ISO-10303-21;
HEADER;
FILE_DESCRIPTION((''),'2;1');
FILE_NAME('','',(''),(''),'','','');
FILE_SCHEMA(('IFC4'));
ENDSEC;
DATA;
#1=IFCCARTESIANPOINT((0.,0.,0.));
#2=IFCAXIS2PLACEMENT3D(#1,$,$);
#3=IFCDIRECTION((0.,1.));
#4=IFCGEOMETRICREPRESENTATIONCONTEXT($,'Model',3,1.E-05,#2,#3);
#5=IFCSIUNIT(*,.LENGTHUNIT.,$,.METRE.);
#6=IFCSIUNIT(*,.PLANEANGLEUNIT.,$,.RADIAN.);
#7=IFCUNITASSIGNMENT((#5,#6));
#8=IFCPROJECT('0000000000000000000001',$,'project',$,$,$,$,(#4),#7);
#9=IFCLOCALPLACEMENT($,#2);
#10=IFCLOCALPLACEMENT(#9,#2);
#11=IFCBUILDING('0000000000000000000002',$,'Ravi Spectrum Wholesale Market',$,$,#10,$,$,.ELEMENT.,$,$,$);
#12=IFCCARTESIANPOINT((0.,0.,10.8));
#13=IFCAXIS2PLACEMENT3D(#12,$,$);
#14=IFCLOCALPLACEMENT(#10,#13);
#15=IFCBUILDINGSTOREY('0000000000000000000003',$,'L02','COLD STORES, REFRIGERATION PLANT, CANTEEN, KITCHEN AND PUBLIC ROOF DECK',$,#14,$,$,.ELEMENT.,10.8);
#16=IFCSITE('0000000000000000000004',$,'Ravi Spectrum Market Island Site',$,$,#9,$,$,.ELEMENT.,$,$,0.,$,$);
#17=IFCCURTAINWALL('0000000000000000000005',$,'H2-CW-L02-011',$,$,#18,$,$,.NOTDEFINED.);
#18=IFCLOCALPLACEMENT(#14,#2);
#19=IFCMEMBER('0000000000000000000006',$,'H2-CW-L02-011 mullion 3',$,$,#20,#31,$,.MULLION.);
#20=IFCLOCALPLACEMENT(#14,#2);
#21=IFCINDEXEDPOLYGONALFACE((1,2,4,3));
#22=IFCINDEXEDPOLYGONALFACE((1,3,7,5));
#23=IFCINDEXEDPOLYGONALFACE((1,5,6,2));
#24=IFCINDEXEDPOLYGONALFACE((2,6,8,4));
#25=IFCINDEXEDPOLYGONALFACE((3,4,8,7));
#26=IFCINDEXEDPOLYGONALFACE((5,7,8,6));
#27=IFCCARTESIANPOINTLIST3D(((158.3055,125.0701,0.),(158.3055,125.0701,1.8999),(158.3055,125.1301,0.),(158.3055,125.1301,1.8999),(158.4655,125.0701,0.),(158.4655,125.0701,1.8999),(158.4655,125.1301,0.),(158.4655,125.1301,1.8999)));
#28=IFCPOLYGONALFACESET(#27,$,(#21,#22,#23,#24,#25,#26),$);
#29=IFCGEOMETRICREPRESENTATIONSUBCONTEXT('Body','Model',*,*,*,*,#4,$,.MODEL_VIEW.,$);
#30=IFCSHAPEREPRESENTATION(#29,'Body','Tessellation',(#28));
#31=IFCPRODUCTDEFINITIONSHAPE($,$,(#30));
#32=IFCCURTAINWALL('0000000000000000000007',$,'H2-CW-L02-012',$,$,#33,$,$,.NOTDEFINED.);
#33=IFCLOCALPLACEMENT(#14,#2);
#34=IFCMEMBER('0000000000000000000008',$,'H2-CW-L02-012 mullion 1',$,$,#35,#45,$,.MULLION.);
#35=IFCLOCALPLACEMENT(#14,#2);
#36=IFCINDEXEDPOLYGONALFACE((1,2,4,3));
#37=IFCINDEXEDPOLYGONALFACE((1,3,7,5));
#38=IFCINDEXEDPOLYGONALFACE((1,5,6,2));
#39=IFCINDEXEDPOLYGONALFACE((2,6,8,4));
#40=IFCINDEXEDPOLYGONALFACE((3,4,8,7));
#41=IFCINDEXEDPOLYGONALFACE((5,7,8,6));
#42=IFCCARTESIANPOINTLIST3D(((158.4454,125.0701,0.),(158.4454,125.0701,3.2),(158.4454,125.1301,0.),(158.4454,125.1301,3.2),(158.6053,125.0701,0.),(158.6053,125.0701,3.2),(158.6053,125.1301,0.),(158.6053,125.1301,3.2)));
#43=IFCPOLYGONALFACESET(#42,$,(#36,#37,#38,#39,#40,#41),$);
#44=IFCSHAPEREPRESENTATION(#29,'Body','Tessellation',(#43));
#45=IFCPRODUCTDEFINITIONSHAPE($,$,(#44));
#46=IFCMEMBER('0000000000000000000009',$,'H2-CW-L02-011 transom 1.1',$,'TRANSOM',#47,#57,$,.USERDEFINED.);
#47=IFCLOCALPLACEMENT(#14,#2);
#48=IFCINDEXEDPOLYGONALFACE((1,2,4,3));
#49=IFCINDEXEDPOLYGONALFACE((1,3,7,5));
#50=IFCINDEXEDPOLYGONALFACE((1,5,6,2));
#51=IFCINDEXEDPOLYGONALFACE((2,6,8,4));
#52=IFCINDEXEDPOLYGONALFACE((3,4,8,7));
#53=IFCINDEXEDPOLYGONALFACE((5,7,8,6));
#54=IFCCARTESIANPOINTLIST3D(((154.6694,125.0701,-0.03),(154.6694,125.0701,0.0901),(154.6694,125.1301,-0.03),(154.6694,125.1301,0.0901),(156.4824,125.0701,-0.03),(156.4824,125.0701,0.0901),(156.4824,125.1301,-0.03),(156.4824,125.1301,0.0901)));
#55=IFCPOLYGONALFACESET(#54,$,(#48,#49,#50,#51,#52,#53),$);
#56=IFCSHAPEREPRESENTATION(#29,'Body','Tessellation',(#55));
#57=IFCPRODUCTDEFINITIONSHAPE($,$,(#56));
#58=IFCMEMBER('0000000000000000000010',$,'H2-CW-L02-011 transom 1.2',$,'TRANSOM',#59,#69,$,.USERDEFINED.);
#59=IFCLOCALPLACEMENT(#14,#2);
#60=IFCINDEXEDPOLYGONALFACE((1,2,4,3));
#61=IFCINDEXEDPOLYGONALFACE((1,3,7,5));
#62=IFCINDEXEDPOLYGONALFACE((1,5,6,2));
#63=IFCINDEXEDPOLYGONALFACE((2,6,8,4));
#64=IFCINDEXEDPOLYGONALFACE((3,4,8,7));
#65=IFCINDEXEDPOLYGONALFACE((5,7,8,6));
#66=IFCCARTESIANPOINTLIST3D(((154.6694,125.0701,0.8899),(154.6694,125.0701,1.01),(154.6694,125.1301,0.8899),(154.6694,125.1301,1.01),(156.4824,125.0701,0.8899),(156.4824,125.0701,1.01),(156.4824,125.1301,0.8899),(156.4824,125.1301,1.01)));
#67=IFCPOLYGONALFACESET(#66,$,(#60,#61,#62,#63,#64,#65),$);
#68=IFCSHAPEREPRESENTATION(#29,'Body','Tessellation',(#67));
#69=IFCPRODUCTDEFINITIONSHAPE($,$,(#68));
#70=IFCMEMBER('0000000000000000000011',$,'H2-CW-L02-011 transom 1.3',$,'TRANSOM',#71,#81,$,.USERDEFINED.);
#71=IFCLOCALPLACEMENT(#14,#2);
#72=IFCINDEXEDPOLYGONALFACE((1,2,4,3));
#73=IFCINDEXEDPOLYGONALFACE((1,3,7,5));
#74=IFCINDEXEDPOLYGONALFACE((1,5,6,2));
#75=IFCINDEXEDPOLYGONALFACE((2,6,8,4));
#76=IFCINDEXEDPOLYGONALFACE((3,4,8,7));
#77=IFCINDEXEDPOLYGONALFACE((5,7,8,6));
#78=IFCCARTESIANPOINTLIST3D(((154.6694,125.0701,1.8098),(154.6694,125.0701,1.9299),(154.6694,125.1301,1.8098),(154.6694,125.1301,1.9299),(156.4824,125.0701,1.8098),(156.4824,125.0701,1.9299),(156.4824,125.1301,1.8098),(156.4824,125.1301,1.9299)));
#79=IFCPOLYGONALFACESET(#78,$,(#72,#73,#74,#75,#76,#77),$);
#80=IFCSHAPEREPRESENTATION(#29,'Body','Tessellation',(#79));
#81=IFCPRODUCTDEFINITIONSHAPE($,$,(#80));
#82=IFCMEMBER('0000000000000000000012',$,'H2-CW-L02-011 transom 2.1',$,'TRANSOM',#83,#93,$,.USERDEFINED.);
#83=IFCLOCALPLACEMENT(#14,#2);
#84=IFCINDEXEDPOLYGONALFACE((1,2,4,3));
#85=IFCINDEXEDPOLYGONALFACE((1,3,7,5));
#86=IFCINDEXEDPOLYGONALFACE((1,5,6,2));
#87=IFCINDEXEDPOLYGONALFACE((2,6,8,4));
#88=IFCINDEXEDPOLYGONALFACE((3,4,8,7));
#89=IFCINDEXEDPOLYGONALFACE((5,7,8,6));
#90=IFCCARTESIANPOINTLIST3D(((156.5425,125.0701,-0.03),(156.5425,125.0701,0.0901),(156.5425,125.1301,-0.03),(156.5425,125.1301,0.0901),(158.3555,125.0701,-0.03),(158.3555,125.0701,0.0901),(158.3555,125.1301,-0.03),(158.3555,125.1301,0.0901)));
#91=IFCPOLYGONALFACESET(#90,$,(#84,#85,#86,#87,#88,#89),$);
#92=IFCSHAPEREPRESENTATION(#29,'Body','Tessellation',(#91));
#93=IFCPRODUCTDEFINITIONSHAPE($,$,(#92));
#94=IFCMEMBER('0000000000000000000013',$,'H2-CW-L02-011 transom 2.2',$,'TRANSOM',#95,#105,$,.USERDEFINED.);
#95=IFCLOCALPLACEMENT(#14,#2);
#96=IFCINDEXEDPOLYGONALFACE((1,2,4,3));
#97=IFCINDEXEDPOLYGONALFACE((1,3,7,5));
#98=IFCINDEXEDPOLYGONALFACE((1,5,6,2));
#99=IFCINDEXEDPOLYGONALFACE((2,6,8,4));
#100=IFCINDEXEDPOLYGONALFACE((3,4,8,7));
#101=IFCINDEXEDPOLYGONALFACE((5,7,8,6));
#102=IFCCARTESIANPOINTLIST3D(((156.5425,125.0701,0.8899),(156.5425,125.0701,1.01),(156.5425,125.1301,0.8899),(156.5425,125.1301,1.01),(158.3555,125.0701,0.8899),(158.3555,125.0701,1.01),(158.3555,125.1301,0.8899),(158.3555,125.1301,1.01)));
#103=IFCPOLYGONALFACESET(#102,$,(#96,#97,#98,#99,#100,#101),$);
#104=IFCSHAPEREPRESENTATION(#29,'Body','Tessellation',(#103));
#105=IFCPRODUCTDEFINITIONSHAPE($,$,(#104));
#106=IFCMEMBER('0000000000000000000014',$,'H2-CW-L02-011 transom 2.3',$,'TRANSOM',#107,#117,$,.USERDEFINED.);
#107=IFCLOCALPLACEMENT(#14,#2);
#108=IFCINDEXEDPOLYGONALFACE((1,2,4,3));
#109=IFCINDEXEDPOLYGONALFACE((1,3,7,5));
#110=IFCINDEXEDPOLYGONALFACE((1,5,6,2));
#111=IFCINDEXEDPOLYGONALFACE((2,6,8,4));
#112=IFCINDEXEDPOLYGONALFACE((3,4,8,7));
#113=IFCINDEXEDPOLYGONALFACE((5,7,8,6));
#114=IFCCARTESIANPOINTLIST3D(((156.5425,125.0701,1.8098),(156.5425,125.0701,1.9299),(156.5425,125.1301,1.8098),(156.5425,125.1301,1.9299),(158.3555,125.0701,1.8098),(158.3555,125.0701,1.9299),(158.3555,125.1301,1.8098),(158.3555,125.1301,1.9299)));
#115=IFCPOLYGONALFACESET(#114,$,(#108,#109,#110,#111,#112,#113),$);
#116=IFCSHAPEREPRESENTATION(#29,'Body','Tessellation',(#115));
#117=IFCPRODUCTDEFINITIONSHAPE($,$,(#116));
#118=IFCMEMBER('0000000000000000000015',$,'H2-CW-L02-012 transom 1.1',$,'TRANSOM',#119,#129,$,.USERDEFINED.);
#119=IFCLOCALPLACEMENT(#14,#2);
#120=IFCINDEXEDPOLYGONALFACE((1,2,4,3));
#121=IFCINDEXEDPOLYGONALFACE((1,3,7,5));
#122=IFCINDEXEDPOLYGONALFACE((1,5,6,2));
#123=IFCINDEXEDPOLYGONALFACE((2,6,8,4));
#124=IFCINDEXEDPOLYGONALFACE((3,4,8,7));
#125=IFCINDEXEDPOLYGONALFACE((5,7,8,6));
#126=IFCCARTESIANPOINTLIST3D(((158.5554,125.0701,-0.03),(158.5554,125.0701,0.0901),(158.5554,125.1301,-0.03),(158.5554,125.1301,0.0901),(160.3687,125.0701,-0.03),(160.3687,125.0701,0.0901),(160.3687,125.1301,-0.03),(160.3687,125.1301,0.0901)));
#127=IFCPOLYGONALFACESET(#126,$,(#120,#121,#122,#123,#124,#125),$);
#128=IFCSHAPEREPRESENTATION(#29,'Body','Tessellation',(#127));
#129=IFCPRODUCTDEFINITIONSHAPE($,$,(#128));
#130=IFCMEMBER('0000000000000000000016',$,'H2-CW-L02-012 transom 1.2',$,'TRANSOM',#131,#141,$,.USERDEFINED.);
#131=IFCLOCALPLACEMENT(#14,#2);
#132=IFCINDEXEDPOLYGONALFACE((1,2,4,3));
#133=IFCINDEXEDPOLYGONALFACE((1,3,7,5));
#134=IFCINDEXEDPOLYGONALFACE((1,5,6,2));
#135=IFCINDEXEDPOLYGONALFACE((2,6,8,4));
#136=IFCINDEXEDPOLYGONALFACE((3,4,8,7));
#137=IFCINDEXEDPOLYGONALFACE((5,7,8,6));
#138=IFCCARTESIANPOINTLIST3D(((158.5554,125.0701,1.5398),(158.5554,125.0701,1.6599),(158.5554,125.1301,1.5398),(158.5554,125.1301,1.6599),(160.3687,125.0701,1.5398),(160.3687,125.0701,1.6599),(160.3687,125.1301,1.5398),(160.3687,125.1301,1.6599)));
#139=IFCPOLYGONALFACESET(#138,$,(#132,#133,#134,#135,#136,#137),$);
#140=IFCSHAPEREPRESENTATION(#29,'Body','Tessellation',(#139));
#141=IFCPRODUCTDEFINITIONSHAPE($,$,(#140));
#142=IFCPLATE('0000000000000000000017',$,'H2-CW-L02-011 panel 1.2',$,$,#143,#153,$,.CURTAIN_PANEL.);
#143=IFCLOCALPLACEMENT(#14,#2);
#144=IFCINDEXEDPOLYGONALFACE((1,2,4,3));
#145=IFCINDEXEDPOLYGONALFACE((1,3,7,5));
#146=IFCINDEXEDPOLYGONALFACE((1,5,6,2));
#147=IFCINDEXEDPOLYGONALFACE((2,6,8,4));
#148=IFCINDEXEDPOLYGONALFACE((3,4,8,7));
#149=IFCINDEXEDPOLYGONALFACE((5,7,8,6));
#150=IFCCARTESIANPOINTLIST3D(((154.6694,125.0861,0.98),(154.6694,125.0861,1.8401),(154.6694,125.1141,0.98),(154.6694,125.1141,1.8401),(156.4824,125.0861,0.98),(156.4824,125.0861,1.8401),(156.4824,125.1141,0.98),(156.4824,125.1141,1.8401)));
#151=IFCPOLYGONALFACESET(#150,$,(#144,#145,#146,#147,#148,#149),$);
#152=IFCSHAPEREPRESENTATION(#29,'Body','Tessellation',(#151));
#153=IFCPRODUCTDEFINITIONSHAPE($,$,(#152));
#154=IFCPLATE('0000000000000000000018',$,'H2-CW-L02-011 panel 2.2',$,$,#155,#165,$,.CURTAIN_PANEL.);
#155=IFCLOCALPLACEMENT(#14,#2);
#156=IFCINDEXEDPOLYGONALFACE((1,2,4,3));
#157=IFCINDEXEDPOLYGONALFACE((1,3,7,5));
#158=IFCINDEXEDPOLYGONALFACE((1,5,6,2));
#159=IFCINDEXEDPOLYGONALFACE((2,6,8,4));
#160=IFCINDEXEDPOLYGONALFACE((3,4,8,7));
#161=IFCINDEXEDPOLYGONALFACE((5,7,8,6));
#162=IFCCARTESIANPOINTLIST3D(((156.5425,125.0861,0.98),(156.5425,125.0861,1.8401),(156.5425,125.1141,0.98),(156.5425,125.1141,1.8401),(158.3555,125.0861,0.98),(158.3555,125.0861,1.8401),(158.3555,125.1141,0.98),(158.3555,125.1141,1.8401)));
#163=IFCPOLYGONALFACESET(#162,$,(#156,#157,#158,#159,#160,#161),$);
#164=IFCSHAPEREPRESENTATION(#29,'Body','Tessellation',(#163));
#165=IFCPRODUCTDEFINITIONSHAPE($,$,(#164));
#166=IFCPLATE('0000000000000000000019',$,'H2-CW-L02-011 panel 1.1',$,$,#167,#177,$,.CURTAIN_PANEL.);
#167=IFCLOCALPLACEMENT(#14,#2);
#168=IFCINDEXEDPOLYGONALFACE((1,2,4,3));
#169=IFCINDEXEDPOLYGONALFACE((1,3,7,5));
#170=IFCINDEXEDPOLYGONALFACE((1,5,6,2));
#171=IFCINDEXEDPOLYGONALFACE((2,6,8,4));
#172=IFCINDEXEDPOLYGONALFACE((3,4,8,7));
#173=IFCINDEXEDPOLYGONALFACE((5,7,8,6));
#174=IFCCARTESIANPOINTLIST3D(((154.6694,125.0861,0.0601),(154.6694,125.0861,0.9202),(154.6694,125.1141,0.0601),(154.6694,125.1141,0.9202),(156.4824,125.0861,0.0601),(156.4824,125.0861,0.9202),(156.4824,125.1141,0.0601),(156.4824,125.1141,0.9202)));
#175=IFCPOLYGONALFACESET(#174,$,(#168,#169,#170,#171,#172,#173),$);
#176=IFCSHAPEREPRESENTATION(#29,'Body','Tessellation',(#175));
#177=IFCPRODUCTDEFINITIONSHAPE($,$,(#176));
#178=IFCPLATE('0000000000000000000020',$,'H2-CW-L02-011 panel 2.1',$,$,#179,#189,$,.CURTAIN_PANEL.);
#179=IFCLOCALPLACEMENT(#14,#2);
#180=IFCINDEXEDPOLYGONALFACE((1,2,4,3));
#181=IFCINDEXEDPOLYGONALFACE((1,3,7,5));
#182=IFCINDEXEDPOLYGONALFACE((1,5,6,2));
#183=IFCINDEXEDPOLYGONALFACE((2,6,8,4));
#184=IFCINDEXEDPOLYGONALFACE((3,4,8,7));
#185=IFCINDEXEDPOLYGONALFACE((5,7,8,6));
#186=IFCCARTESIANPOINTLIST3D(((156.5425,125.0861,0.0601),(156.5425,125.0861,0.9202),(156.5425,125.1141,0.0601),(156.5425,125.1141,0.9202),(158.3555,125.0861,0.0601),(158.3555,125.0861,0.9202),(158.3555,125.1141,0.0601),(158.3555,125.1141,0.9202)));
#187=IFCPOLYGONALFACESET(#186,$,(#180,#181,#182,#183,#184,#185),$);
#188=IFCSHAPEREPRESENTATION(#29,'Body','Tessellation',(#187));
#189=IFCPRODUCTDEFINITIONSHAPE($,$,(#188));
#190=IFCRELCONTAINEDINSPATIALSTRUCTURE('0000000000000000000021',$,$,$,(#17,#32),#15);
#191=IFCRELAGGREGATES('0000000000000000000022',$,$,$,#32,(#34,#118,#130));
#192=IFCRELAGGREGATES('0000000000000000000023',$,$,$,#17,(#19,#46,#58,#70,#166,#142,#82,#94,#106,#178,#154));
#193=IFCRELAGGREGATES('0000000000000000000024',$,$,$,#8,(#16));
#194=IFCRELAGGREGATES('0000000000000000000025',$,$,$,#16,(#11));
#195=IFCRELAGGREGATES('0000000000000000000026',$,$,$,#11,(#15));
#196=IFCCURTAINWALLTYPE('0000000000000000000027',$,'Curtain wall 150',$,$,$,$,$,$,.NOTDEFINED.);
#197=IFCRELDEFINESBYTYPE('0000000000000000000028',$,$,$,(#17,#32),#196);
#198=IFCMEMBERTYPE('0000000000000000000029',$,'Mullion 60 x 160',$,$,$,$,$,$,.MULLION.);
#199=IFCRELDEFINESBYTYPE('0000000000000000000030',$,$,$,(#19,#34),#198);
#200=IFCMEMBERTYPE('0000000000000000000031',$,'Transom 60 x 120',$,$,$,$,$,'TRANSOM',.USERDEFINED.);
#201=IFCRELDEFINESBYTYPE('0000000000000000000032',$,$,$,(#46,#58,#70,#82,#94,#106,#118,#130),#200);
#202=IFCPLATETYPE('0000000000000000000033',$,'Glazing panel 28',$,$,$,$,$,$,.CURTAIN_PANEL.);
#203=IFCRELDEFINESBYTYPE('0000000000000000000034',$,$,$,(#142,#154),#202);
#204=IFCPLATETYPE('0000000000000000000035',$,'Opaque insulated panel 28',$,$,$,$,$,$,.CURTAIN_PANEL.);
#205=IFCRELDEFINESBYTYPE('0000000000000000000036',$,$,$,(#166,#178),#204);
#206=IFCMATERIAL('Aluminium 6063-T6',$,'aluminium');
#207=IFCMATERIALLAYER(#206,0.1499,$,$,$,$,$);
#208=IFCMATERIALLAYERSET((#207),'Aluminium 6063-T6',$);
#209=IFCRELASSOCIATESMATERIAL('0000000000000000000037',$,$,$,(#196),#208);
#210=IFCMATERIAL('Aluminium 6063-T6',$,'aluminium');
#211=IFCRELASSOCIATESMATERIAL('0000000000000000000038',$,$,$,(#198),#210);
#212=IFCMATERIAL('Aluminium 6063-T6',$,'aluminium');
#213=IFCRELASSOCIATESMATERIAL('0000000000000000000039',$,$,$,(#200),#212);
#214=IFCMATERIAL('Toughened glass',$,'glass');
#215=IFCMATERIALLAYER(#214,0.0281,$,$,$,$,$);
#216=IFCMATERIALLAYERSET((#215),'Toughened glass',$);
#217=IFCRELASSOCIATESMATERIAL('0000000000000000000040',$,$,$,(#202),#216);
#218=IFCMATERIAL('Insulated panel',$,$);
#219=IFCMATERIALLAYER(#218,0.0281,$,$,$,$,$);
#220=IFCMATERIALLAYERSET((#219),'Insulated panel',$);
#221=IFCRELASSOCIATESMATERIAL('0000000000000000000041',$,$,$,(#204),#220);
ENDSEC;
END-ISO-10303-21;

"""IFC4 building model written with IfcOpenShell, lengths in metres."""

from ifc_helpers import new_model, si_unit, direction, frame, origin, origin_2d, place, context, subcontext, project, spatial, rectangle, extrude, material, layer, layer_set, material_profile, profile_set, type_object, element, aggregate, save


model = new_model("IFC4")

# Units and contexts
model_context = context("Model", 3, precision=1e-05, world=origin(), true_north=direction((0.0, 1.0)))
body_context = subcontext(model_context, "Body", "Model", "MODEL_VIEW")
ifc_project = project(units=[si_unit("LENGTHUNIT", "METRE"), si_unit("PLANEANGLEUNIT", "RADIAN")], contexts=[model_context])

# Site, building, storey
site_placement = place(None, origin())
site = spatial("IfcSite", under=ifc_project, at=site_placement, Name="Ravi Spectrum Market Island Site", CompositionType="ELEMENT", RefElevation=0.0)
building_placement = place(site_placement, origin())
building = spatial("IfcBuilding", under=site, at=building_placement, Name="Ravi Spectrum Wholesale Market", CompositionType="ELEMENT")
storey_placement = place(building_placement, frame((0.0, 0.0, 10.8)))
storey = spatial("IfcBuildingStorey", under=building, at=storey_placement, Name="L02", Description="COLD STORES, REFRIGERATION PLANT, CANTEEN, KITCHEN AND PUBLIC ROOF DECK", CompositionType="ELEMENT", Elevation=10.8)

# Curtain wall, member
ifc_material_1 = material(Name="Aluminium 6063-T6", Category="aluminium")
ifc_layer_1 = layer(ifc_material_1, 0.1499)
ifc_layer_set_1 = layer_set([ifc_layer_1], Name="Aluminium 6063-T6")
curtain_wall_type = type_object("IfcCurtainWallType", Name="Curtain wall 150", PredefinedType="NOTDEFINED", material=ifc_layer_set_1)
curtain_wall_1_placement = place(storey_placement, origin())
curtain_wall_1 = element("IfcCurtainWall", 1, at=curtain_wall_1_placement, inside=storey, type_object=curtain_wall_type, Name="H2-CW-L02-011", PredefinedType="NOTDEFINED")
ifc_material_2 = material(Name="Aluminium 6063-T6", Category="aluminium")
ifc_material_profile_1 = material_profile(ifc_material_2, rectangle(XDim=0.0601, YDim=0.1599, at=origin_2d()))
ifc_profile_set_1 = profile_set([ifc_material_profile_1], Name="Aluminium 6063-T6")
member_type_1 = type_object("IfcMemberType", Name="Mullion 60 x 160", PredefinedType="MULLION", material=ifc_profile_set_1)
member_1_placement = place(storey_placement, frame((158.3855, 125.1001, 0.0), z_axis=(0.0, 0.0, 1.0), x_axis=(0.0, 1.0, 0.0)))
member_1 = element("IfcMember", 2, at=member_1_placement, type_object=member_type_1, Name="H2-CW-L02-011 mullion 3", PredefinedType="MULLION", context=body_context, shape_type="SweptSolid", body=[
    extrude(rectangle(XDim=0.0601, YDim=0.1599, at=origin_2d()), origin(), (0.0, 0.0, 1.0), 1.8999),
])

# Curtain wall, member
curtain_wall_2_placement = place(storey_placement, origin())
curtain_wall_2 = element("IfcCurtainWall", 3, at=curtain_wall_2_placement, inside=storey, type_object=curtain_wall_type, Name="H2-CW-L02-012", PredefinedType="NOTDEFINED")
member_2_placement = place(storey_placement, frame((158.5254, 125.1001, 0.0), z_axis=(0.0, 0.0, 1.0), x_axis=(0.0, 1.0, 0.0)))
member_2 = element("IfcMember", 4, at=member_2_placement, type_object=member_type_1, Name="H2-CW-L02-012 mullion 1", PredefinedType="MULLION", context=body_context, shape_type="SweptSolid", body=[
    extrude(rectangle(XDim=0.0601, YDim=0.1599, at=origin_2d()), origin(), (0.0, 0.0, 1.0), 3.2),
])

# Members
ifc_material_3 = material(Name="Aluminium 6063-T6", Category="aluminium")
ifc_material_profile_2 = material_profile(ifc_material_3, rectangle(XDim=0.0601, YDim=0.1201, at=origin_2d()))
ifc_profile_set_2 = profile_set([ifc_material_profile_2], Name="Aluminium 6063-T6")
member_type_2 = type_object("IfcMemberType", Name="Transom 60 x 120", ElementType="TRANSOM", PredefinedType="USERDEFINED", material=ifc_profile_set_2)
member_3_placement = place(storey_placement, frame((154.6694, 125.1001, 0.03), z_axis=(1.0, 0.0, 0.0), x_axis=(0.0, 1.0, 0.0)))
member_3 = element("IfcMember", 5, at=member_3_placement, type_object=member_type_2, Name="H2-CW-L02-011 transom 1.1", ObjectType="TRANSOM", PredefinedType="USERDEFINED", context=body_context, shape_type="SweptSolid", body=[
    extrude(rectangle(XDim=0.0601, YDim=0.1201, at=origin_2d()), origin(), (0.0, 0.0, 1.0), 1.813),
])
member_4_placement = place(storey_placement, frame((154.6694, 125.1001, 0.95), z_axis=(1.0, 0.0, 0.0), x_axis=(0.0, 1.0, 0.0)))
member_4 = element("IfcMember", 6, at=member_4_placement, type_object=member_type_2, Name="H2-CW-L02-011 transom 1.2", ObjectType="TRANSOM", PredefinedType="USERDEFINED", context=body_context, shape_type="SweptSolid", body=[
    extrude(rectangle(XDim=0.0601, YDim=0.1201, at=origin_2d()), origin(), (0.0, 0.0, 1.0), 1.813),
])
member_5_placement = place(storey_placement, frame((154.6694, 125.1001, 1.8699), z_axis=(1.0, 0.0, 0.0), x_axis=(0.0, 1.0, 0.0)))
member_5 = element("IfcMember", 7, at=member_5_placement, type_object=member_type_2, Name="H2-CW-L02-011 transom 1.3", ObjectType="TRANSOM", PredefinedType="USERDEFINED", context=body_context, shape_type="SweptSolid", body=[
    extrude(rectangle(XDim=0.0601, YDim=0.1201, at=origin_2d()), origin(), (0.0, 0.0, 1.0), 1.813),
])
member_6_placement = place(storey_placement, frame((156.5425, 125.1001, 0.03), z_axis=(1.0, 0.0, 0.0), x_axis=(0.0, 1.0, 0.0)))
member_6 = element("IfcMember", 8, at=member_6_placement, type_object=member_type_2, Name="H2-CW-L02-011 transom 2.1", ObjectType="TRANSOM", PredefinedType="USERDEFINED", context=body_context, shape_type="SweptSolid", body=[
    extrude(rectangle(XDim=0.0601, YDim=0.1201, at=origin_2d()), origin(), (0.0, 0.0, 1.0), 1.813),
])
member_7_placement = place(storey_placement, frame((156.5425, 125.1001, 0.95), z_axis=(1.0, 0.0, 0.0), x_axis=(0.0, 1.0, 0.0)))
member_7 = element("IfcMember", 9, at=member_7_placement, type_object=member_type_2, Name="H2-CW-L02-011 transom 2.2", ObjectType="TRANSOM", PredefinedType="USERDEFINED", context=body_context, shape_type="SweptSolid", body=[
    extrude(rectangle(XDim=0.0601, YDim=0.1201, at=origin_2d()), origin(), (0.0, 0.0, 1.0), 1.813),
])
member_8_placement = place(storey_placement, frame((156.5425, 125.1001, 1.8699), z_axis=(1.0, 0.0, 0.0), x_axis=(0.0, 1.0, 0.0)))
member_8 = element("IfcMember", 10, at=member_8_placement, type_object=member_type_2, Name="H2-CW-L02-011 transom 2.3", ObjectType="TRANSOM", PredefinedType="USERDEFINED", context=body_context, shape_type="SweptSolid", body=[
    extrude(rectangle(XDim=0.0601, YDim=0.1201, at=origin_2d()), origin(), (0.0, 0.0, 1.0), 1.813),
])
member_9_placement = place(storey_placement, frame((158.5554, 125.1001, 0.03), z_axis=(1.0, 0.0, 0.0), x_axis=(0.0, 1.0, 0.0)))
member_9 = element("IfcMember", 11, at=member_9_placement, type_object=member_type_2, Name="H2-CW-L02-012 transom 1.1", ObjectType="TRANSOM", PredefinedType="USERDEFINED", context=body_context, shape_type="SweptSolid", body=[
    extrude(rectangle(XDim=0.0601, YDim=0.1201, at=origin_2d()), origin(), (0.0, 0.0, 1.0), 1.8132),
])
member_10_placement = place(storey_placement, frame((158.5554, 125.1001, 1.5999), z_axis=(1.0, 0.0, 0.0), x_axis=(0.0, 1.0, 0.0)))
member_10 = element("IfcMember", 12, at=member_10_placement, type_object=member_type_2, Name="H2-CW-L02-012 transom 1.2", ObjectType="TRANSOM", PredefinedType="USERDEFINED", context=body_context, shape_type="SweptSolid", body=[
    extrude(rectangle(XDim=0.0601, YDim=0.1201, at=origin_2d()), origin(), (0.0, 0.0, 1.0), 1.8132),
])
aggregate(curtain_wall_2, [member_2, member_9, member_10])

# Plates
ifc_material_4 = material(Name="Toughened glass", Category="glass")
ifc_layer_2 = layer(ifc_material_4, 0.0281)
ifc_layer_set_2 = layer_set([ifc_layer_2], Name="Toughened glass")
plate_type_1 = type_object("IfcPlateType", Name="Glazing panel 28", PredefinedType="CURTAIN_PANEL", material=ifc_layer_set_2)
plate_1_placement = place(storey_placement, frame((155.5759, 125.1001, 0.98), z_axis=(0.0, 0.0, 1.0), x_axis=(1.0, 0.0, 0.0)))
plate_1 = element("IfcPlate", 13, at=plate_1_placement, type_object=plate_type_1, Name="H2-CW-L02-011 panel 1.2", PredefinedType="CURTAIN_PANEL", context=body_context, shape_type="SweptSolid", body=[
    extrude(rectangle(XDim=1.813, YDim=0.0281, at=origin_2d()), origin(), (0.0, 0.0, 1.0), 0.8601),
])
plate_2_placement = place(storey_placement, frame((157.449, 125.1001, 0.98), z_axis=(0.0, 0.0, 1.0), x_axis=(1.0, 0.0, 0.0)))
plate_2 = element("IfcPlate", 14, at=plate_2_placement, type_object=plate_type_1, Name="H2-CW-L02-011 panel 2.2", PredefinedType="CURTAIN_PANEL", context=body_context, shape_type="SweptSolid", body=[
    extrude(rectangle(XDim=1.813, YDim=0.0281, at=origin_2d()), origin(), (0.0, 0.0, 1.0), 0.8601),
])
ifc_material_5 = material(Name="Insulated panel")
ifc_layer_3 = layer(ifc_material_5, 0.0281)
ifc_layer_set_3 = layer_set([ifc_layer_3], Name="Insulated panel")
plate_type_2 = type_object("IfcPlateType", Name="Opaque insulated panel 28", PredefinedType="CURTAIN_PANEL", material=ifc_layer_set_3)
plate_3_placement = place(storey_placement, frame((155.5759, 125.1001, 0.0601), z_axis=(0.0, 0.0, 1.0), x_axis=(1.0, 0.0, 0.0)))
plate_3 = element("IfcPlate", 15, at=plate_3_placement, type_object=plate_type_2, Name="H2-CW-L02-011 panel 1.1", PredefinedType="CURTAIN_PANEL", context=body_context, shape_type="SweptSolid", body=[
    extrude(rectangle(XDim=1.813, YDim=0.0281, at=origin_2d()), origin(), (0.0, 0.0, 1.0), 0.8601),
])
plate_4_placement = place(storey_placement, frame((157.449, 125.1001, 0.0601), z_axis=(0.0, 0.0, 1.0), x_axis=(1.0, 0.0, 0.0)))
plate_4 = element("IfcPlate", 16, at=plate_4_placement, type_object=plate_type_2, Name="H2-CW-L02-011 panel 2.1", PredefinedType="CURTAIN_PANEL", context=body_context, shape_type="SweptSolid", body=[
    extrude(rectangle(XDim=1.813, YDim=0.0281, at=origin_2d()), origin(), (0.0, 0.0, 1.0), 0.8601),
])
aggregate(curtain_wall_1, [member_1, member_3, member_4, member_5, plate_3, plate_1, member_6, member_7, member_8, plate_4, plate_2])

save(model, "model.ifc")
